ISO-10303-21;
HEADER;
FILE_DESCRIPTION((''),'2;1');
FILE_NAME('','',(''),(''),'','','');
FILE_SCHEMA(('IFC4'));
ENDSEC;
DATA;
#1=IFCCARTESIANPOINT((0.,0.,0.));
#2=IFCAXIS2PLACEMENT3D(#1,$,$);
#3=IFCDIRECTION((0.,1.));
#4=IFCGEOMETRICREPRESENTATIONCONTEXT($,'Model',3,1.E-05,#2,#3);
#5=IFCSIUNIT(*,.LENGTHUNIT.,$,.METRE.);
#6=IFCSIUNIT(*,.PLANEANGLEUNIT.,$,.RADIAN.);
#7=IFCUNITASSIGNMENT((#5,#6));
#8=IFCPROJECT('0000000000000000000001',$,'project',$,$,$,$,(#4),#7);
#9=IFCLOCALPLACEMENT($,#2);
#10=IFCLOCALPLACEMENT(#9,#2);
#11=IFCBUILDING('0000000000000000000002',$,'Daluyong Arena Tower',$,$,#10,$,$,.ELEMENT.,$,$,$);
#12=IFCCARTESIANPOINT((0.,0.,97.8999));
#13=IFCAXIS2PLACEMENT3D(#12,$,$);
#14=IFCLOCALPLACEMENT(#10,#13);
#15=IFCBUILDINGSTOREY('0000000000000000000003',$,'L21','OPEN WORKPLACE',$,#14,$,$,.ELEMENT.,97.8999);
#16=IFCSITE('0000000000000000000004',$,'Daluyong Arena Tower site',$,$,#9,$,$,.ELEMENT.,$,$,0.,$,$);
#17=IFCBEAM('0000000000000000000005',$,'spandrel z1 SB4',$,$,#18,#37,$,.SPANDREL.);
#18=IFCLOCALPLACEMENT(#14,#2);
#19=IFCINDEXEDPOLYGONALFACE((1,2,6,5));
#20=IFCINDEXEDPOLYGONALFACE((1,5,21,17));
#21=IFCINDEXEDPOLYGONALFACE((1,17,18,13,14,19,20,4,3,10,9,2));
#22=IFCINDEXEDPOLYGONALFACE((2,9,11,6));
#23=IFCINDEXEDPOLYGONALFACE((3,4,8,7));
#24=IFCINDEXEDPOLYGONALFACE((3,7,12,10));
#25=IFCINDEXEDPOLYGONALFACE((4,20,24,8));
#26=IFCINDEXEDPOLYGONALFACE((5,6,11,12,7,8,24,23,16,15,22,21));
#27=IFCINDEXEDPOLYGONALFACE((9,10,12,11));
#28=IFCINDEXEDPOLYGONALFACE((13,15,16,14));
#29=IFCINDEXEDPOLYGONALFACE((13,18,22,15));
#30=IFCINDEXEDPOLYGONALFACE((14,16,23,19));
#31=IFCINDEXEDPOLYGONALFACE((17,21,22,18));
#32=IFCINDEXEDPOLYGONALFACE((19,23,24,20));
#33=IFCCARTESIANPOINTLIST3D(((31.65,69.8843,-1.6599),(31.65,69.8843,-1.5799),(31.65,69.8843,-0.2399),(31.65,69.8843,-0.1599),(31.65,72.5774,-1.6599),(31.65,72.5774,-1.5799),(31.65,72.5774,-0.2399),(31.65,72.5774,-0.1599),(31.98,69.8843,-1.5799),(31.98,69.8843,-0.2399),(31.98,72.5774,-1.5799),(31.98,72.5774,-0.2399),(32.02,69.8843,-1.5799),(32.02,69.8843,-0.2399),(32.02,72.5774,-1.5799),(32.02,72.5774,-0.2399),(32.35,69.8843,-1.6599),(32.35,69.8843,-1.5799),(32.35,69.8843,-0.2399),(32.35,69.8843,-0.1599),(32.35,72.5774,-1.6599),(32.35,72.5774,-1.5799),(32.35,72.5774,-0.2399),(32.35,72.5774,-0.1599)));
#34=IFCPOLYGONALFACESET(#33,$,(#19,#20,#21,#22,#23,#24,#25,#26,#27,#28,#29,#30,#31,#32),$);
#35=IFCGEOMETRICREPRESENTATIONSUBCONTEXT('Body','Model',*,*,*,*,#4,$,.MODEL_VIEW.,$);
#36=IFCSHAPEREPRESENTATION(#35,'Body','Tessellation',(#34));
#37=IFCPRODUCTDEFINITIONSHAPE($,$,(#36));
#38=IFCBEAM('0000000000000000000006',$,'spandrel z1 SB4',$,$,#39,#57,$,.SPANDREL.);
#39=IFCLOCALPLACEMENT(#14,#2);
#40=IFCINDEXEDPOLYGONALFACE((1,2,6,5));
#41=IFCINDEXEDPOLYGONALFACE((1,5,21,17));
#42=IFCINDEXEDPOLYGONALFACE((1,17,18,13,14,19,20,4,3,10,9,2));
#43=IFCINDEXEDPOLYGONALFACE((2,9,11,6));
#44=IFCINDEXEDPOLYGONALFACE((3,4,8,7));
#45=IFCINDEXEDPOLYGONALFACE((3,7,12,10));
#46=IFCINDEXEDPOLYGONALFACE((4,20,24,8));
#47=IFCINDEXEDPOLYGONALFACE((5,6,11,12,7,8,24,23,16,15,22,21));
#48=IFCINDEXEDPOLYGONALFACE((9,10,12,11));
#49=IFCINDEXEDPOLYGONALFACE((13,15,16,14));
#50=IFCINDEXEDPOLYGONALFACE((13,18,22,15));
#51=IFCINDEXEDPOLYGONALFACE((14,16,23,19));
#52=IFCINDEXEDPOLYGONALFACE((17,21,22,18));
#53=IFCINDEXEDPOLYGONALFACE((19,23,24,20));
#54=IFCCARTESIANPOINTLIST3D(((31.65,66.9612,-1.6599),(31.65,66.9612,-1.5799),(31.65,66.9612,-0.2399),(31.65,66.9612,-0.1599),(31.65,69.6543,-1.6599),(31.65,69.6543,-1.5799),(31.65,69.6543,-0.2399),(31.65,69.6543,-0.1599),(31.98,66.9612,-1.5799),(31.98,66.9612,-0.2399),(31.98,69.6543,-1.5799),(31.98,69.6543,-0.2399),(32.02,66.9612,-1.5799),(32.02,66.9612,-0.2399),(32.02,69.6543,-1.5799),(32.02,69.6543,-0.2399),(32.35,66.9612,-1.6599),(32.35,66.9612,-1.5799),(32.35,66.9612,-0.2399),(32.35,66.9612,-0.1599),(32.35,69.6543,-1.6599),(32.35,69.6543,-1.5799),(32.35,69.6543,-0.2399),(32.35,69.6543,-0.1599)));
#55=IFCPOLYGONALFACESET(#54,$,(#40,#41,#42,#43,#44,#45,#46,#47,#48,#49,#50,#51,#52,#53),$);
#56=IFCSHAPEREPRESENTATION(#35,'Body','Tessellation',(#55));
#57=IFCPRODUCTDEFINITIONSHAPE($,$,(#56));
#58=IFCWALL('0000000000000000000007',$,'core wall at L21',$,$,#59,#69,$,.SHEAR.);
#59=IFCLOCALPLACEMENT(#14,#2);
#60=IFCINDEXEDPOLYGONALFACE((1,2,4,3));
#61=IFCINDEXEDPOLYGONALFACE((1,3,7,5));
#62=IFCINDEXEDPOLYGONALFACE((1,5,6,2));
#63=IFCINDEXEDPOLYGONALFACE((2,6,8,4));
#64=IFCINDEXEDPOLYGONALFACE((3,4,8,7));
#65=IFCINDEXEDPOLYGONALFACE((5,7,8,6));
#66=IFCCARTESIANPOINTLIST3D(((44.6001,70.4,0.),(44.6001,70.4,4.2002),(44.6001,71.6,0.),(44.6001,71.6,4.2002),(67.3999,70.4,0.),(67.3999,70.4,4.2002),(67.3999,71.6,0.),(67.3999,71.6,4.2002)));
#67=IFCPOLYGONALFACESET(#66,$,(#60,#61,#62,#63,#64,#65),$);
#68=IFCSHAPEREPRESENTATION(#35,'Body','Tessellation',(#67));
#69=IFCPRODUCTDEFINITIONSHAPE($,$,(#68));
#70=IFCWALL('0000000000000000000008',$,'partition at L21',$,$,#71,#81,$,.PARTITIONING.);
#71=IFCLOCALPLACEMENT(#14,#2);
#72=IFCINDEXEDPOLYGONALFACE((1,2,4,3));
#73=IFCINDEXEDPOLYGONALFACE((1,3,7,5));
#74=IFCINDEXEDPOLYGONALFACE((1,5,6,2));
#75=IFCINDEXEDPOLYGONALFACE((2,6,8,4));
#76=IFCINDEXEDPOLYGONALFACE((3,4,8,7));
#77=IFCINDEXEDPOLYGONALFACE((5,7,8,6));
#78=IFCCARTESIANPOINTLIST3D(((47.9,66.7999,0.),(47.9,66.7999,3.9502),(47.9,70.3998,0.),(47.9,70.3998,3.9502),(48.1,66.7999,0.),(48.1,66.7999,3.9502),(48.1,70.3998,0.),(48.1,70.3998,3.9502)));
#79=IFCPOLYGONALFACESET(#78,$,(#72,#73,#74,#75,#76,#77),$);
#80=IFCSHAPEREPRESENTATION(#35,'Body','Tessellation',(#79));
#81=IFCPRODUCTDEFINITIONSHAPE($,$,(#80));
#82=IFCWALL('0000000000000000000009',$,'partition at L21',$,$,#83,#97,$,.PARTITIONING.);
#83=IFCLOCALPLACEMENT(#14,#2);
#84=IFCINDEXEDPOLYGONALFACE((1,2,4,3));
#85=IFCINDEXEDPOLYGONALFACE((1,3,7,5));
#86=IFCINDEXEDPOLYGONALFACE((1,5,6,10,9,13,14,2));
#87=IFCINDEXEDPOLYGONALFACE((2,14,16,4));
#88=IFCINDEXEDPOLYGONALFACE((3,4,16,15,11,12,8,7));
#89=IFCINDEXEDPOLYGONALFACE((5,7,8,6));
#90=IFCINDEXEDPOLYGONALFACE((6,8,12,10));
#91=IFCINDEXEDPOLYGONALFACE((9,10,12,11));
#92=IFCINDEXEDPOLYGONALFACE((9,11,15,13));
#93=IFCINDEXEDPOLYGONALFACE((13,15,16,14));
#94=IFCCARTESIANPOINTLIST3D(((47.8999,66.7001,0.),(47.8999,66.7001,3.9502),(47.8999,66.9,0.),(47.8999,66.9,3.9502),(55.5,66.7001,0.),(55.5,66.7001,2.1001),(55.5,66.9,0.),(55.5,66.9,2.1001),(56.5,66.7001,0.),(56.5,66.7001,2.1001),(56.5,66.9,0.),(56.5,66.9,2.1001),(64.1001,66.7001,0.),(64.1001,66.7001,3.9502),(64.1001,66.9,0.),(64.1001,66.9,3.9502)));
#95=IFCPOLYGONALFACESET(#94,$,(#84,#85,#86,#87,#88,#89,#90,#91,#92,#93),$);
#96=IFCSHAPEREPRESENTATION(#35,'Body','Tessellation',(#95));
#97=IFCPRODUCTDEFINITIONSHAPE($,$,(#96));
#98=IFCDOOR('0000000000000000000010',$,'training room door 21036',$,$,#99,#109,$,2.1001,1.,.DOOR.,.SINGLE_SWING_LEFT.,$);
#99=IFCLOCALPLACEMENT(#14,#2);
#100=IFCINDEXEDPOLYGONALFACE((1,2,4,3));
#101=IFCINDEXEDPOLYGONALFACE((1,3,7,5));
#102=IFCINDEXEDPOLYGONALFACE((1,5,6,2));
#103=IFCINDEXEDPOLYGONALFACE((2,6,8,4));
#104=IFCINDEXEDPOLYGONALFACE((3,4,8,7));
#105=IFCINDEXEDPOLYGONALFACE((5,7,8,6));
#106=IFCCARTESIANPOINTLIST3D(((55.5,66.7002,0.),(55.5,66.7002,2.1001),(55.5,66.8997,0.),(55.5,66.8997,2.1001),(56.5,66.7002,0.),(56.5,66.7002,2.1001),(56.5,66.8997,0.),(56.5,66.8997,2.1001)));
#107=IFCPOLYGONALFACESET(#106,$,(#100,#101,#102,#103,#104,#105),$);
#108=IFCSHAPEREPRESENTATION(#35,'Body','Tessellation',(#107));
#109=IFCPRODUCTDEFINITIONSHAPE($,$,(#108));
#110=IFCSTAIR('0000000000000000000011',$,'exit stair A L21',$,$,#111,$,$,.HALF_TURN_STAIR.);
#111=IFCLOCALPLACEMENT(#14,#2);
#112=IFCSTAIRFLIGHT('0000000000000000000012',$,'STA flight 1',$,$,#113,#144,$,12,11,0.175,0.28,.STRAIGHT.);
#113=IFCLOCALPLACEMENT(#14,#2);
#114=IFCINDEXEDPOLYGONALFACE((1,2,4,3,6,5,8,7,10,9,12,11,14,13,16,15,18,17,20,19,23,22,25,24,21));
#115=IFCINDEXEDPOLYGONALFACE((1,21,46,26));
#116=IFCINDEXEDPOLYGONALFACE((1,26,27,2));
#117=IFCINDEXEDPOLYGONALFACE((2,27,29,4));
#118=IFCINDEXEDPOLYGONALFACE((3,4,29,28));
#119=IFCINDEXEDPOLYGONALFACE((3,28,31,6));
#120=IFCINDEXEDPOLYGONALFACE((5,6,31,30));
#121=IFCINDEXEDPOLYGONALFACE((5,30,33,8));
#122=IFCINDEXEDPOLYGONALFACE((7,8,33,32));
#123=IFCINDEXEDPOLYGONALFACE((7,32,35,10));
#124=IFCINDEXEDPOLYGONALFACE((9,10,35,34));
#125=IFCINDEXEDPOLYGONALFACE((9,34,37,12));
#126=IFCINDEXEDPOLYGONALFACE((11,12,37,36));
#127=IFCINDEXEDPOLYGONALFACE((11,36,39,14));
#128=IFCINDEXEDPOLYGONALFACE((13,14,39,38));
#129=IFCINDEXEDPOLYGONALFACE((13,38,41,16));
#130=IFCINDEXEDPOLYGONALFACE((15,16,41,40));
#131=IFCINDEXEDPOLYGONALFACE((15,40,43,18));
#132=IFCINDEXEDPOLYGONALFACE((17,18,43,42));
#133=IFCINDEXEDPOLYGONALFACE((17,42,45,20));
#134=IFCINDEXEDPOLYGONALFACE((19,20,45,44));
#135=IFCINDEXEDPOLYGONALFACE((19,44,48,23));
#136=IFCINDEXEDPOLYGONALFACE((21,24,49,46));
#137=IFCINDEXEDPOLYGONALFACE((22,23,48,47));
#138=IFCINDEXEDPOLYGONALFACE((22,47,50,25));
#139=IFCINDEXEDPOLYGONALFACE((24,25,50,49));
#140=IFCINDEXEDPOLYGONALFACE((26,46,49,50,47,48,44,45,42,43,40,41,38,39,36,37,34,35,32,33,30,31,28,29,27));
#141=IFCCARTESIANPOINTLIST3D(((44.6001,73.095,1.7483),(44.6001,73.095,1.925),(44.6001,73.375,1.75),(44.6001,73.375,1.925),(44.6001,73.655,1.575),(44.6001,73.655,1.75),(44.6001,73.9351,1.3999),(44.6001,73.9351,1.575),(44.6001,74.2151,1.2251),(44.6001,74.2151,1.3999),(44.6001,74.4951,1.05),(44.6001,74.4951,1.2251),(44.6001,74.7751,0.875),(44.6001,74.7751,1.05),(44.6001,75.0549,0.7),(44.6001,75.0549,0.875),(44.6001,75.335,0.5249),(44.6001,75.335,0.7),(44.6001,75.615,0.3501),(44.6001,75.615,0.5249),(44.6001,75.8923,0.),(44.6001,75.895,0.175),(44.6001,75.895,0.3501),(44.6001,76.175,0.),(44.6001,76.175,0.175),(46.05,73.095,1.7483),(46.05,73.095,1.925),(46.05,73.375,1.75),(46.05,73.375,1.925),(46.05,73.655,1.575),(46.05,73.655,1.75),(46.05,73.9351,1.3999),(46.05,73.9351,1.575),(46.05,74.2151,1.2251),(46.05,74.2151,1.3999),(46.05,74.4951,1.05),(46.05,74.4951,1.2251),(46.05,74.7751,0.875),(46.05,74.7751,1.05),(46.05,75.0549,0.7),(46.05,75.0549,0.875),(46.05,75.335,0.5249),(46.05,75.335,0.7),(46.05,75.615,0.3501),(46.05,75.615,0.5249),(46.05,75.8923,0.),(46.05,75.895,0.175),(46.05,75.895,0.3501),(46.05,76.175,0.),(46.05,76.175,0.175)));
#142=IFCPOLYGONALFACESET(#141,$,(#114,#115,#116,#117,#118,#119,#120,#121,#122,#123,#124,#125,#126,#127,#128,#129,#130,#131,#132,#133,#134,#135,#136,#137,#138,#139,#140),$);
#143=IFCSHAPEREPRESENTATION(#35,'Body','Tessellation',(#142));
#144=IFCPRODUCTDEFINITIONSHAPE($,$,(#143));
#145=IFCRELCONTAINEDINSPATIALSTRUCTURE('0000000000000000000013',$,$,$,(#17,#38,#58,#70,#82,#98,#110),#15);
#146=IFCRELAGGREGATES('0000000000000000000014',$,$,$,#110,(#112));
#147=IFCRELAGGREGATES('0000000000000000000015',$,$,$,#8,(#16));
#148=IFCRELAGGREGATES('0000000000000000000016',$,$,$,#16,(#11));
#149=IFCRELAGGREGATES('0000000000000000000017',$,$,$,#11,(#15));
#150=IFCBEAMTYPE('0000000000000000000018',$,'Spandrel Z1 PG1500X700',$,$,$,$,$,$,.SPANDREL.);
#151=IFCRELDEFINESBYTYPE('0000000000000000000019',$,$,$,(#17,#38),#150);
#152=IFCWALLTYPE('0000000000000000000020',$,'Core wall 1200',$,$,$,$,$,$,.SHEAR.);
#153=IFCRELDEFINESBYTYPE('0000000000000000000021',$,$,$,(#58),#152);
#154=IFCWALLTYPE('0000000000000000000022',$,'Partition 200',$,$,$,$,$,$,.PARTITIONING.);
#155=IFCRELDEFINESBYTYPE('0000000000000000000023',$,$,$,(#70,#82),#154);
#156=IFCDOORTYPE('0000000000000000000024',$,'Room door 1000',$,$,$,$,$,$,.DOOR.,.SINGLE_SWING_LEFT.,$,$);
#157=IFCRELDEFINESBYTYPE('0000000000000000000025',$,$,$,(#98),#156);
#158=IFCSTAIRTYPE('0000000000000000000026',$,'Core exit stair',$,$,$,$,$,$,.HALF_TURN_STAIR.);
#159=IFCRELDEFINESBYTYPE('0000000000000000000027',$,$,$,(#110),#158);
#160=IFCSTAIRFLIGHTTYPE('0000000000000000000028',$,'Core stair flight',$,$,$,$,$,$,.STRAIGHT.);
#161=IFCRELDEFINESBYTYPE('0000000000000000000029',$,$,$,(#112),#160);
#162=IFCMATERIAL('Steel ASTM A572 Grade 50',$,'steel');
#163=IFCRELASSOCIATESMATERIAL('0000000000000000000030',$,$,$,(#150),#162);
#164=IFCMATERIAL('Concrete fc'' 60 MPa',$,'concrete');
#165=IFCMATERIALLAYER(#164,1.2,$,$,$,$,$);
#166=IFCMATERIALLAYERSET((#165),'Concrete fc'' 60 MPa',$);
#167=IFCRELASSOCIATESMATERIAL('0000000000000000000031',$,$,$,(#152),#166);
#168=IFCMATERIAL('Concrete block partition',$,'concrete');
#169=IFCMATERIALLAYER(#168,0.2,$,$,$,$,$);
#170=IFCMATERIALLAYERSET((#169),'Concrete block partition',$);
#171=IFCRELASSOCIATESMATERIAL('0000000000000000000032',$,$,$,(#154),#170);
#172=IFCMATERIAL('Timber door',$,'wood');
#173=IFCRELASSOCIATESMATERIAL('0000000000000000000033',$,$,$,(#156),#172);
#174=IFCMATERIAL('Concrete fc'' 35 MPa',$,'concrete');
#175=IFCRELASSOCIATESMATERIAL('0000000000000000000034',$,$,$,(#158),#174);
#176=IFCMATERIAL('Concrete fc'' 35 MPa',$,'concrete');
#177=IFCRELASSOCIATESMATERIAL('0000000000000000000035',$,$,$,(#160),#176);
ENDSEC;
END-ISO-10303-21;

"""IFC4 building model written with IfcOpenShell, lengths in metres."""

from ifc_helpers import new_model, si_unit, direction, frame, frame_2d, origin, origin_2d, place, context, subcontext, project, spatial, polyline, rectangle, i_section, outline, extrude, material, layer, layer_set, material_profile, profile_set, type_object, element, fill, aggregate, save


model = new_model("IFC4")

# Units and contexts
model_context = context("Model", 3, precision=1e-05, world=origin(), true_north=direction((0.0, 1.0)))
body_context = subcontext(model_context, "Body", "Model", "MODEL_VIEW")
ifc_project = project(units=[si_unit("LENGTHUNIT", "METRE"), si_unit("PLANEANGLEUNIT", "RADIAN")], contexts=[model_context])

# Site, building, storey
site_placement = place(None, origin())
site = spatial("IfcSite", under=ifc_project, at=site_placement, Name="Daluyong Arena Tower site", CompositionType="ELEMENT", RefElevation=0.0)
building_placement = place(site_placement, origin())
building = spatial("IfcBuilding", under=site, at=building_placement, Name="Daluyong Arena Tower", CompositionType="ELEMENT")
storey_placement = place(building_placement, frame((0.0, 0.0, 97.8999)))
storey = spatial("IfcBuildingStorey", under=building, at=storey_placement, Name="L21", Description="OPEN WORKPLACE", CompositionType="ELEMENT", Elevation=97.8999)

# Beams
ifc_material_1 = material(Name="Steel ASTM A572 Grade 50", Category="steel")
ifc_material_profile_1 = material_profile(ifc_material_1, i_section(OverallWidth=0.7, OverallDepth=1.5, WebThickness=0.04, FlangeThickness=0.08, at=origin_2d()))
ifc_profile_set_1 = profile_set([ifc_material_profile_1], Name="Steel ASTM A572 Grade 50")
beam_type_1 = type_object("IfcBeamType", Name="Spandrel Z1 PG1500X700", PredefinedType="SPANDREL", material=ifc_profile_set_1)
for number, where, z_axis, x_axis, name in (
    (1, (32.0, 72.5774, -0.9099), (0.0, -1.0, 0.0), (1.0, 0.0, 0.0), "spandrel z1 SB4"),
    (2, (32.0, 69.6543, -0.9099), (0.0, -1.0, 0.0), (1.0, 0.0, 0.0), "spandrel z1 SB4"),
):
    element("IfcBeam", number, at=place(storey_placement, frame(where, z_axis=z_axis, x_axis=x_axis)), inside=storey, type_object=beam_type_1, Name=name, PredefinedType="SPANDREL", context=body_context, shape_type="SweptSolid", body=[
        extrude(i_section(OverallWidth=0.7, OverallDepth=1.5, WebThickness=0.04, FlangeThickness=0.08, at=origin_2d()), origin(), (0.0, 0.0, 1.0), 2.6931),
    ])

# Shared definitions
ifc_material_2 = material(Name="Concrete fc' 60 MPa", Category="concrete")
ifc_layer_1 = layer(ifc_material_2, 1.2)
ifc_layer_set_1 = layer_set([ifc_layer_1], Name="Concrete fc' 60 MPa")
wall_type_1 = type_object("IfcWallType", Name="Core wall 1200", PredefinedType="SHEAR", material=ifc_layer_set_1)

# Walls
wall_1_placement = place(storey_placement, frame((44.6001, 71.0, 0.0), z_axis=(0.0, 0.0, 1.0), x_axis=(1.0, 0.0, 0.0)))
element("IfcWall", 3, at=wall_1_placement, inside=storey, type_object=wall_type_1, Name="core wall at L21", PredefinedType="SHEAR", context=body_context, shape_type="SweptSolid", body=[
    extrude(rectangle(XDim=22.7998, YDim=1.2, at=frame_2d((11.3999, 0.0))), origin(), (0.0, 0.0, 1.0), 4.2002),
])
ifc_material_3 = material(Name="Concrete block partition", Category="concrete")
ifc_layer_2 = layer(ifc_material_3, 0.2)
ifc_layer_set_2 = layer_set([ifc_layer_2], Name="Concrete block partition")
wall_type_2 = type_object("IfcWallType", Name="Partition 200", PredefinedType="PARTITIONING", material=ifc_layer_set_2)
wall_2_placement = place(storey_placement, frame((48.0, 66.8, 0.0), z_axis=(0.0, 0.0, 1.0), x_axis=(0.0, 1.0, 0.0)))
element("IfcWall", 4, at=wall_2_placement, inside=storey, type_object=wall_type_2, Name="partition at L21", PredefinedType="PARTITIONING", context=body_context, shape_type="SweptSolid", body=[
    extrude(rectangle(XDim=3.5999, YDim=0.2, at=frame_2d((1.7998, 0.0))), origin(), (0.0, 0.0, 1.0), 3.9502),
])

# Wall, opening, door
wall_3_placement = place(storey_placement, frame((47.8999, 66.8, 0.0), z_axis=(0.0, 0.0, 1.0), x_axis=(1.0, 0.0, 0.0)))
wall_3 = element("IfcWall", 5, at=wall_3_placement, inside=storey, type_object=wall_type_2, Name="partition at L21", PredefinedType="PARTITIONING", context=body_context, shape_type="SweptSolid", body=[
    extrude(rectangle(XDim=16.2002, YDim=0.2, at=frame_2d((8.1001, 0.0))), origin(), (0.0, 0.0, 1.0), 3.9502),
])
opening_1_placement = place(wall_3_placement, frame((7.6001, 0.0, 0.0)))
opening_1 = element("IfcOpeningElement", 6, at=opening_1_placement, cuts=wall_3, PredefinedType="OPENING", context=body_context, shape_type="SweptSolid", body=[
    extrude(rectangle(XDim=1.0, YDim=2.1001, at=frame_2d((0.5, 1.05))), frame((0.0, 0.1099, 0.0), z_axis=(0.0, -1.0, 0.0), x_axis=(1.0, 0.0, 0.0)), (0.0, 0.0, 1.0), 0.22),
])
ifc_material_4 = material(Name="Timber door", Category="wood")
door_type_1 = type_object("IfcDoorType", Name="Room door 1000", OperationType="SINGLE_SWING_LEFT", PredefinedType="DOOR", material=ifc_material_4)
door_1_placement = place(opening_1_placement, origin())
door_1 = element("IfcDoor", 7, at=door_1_placement, inside=storey, type_object=door_type_1, Name="training room door 21036", OperationType="SINGLE_SWING_LEFT", OverallHeight=2.1001, OverallWidth=1.0, PredefinedType="DOOR", context=body_context, shape_type="SweptSolid", body=[
    extrude(rectangle(XDim=1.0, YDim=2.1001, at=frame_2d((0.5, 1.05))), frame((0.0, 0.0996, 0.0), z_axis=(0.0, -1.0, 0.0), x_axis=(1.0, 0.0, 0.0)), (0.0, 0.0, 1.0), 0.1995),
])
fill(opening_1, door_1)

# Stair, stair flight
ifc_material_5 = material(Name="Concrete fc' 35 MPa", Category="concrete")
stair_type = type_object("IfcStairType", Name="Core exit stair", PredefinedType="HALF_TURN_STAIR", material=ifc_material_5)
stair_placement = place(storey_placement, origin())
stair = element("IfcStair", 8, at=stair_placement, inside=storey, type_object=stair_type, Name="exit stair A L21", PredefinedType="HALF_TURN_STAIR")
ifc_material_6 = material(Name="Concrete fc' 35 MPa", Category="concrete")
stair_flight_type = type_object("IfcStairFlightType", Name="Core stair flight", PredefinedType="STRAIGHT", material=ifc_material_6)
stair_flight_placement = place(storey_placement, frame((45.325, 76.175, 0.0), z_axis=(0.0, 0.0, 1.0), x_axis=(0.0, -1.0, 0.0)))
stair_flight = element("IfcStairFlight", 9, at=stair_flight_placement, type_object=stair_flight_type, Name="STA flight 1", NumberOfRisers=12, NumberOfTreads=11, PredefinedType="STRAIGHT", RiserHeight=0.175, TreadLength=0.28, context=body_context, shape_type="SweptSolid", body=[
    extrude(outline(polyline([(0.0, 0.0), (0.0, 0.175), (0.28, 0.175), (0.28, 0.3501), (0.5601, 0.3501), (0.5601, 0.5249), (0.8401, 0.5249), (0.8401, 0.7), (1.1201, 0.7), (1.1201, 0.875), (1.3999, 0.875), (1.3999, 1.05), (1.6799, 1.05), (1.6799, 1.2251), (1.96, 1.2251), (1.96, 1.3999), (2.24, 1.3999), (2.24, 1.575), (2.52, 1.575), (2.52, 1.75), (2.8, 1.75), (2.8, 1.925), (3.0801, 1.925), (3.0801, 2.1001), (3.0801, 1.7483), (0.2827, 0.0), (0.0, 0.0)])), frame((0.0, 0.7251, 0.0), z_axis=(0.0, -1.0, 0.0), x_axis=(1.0, 0.0, 0.0)), (0.0, 0.0, 1.0), 1.45),
])
aggregate(stair, [stair_flight])

save(model, "model.ifc")
